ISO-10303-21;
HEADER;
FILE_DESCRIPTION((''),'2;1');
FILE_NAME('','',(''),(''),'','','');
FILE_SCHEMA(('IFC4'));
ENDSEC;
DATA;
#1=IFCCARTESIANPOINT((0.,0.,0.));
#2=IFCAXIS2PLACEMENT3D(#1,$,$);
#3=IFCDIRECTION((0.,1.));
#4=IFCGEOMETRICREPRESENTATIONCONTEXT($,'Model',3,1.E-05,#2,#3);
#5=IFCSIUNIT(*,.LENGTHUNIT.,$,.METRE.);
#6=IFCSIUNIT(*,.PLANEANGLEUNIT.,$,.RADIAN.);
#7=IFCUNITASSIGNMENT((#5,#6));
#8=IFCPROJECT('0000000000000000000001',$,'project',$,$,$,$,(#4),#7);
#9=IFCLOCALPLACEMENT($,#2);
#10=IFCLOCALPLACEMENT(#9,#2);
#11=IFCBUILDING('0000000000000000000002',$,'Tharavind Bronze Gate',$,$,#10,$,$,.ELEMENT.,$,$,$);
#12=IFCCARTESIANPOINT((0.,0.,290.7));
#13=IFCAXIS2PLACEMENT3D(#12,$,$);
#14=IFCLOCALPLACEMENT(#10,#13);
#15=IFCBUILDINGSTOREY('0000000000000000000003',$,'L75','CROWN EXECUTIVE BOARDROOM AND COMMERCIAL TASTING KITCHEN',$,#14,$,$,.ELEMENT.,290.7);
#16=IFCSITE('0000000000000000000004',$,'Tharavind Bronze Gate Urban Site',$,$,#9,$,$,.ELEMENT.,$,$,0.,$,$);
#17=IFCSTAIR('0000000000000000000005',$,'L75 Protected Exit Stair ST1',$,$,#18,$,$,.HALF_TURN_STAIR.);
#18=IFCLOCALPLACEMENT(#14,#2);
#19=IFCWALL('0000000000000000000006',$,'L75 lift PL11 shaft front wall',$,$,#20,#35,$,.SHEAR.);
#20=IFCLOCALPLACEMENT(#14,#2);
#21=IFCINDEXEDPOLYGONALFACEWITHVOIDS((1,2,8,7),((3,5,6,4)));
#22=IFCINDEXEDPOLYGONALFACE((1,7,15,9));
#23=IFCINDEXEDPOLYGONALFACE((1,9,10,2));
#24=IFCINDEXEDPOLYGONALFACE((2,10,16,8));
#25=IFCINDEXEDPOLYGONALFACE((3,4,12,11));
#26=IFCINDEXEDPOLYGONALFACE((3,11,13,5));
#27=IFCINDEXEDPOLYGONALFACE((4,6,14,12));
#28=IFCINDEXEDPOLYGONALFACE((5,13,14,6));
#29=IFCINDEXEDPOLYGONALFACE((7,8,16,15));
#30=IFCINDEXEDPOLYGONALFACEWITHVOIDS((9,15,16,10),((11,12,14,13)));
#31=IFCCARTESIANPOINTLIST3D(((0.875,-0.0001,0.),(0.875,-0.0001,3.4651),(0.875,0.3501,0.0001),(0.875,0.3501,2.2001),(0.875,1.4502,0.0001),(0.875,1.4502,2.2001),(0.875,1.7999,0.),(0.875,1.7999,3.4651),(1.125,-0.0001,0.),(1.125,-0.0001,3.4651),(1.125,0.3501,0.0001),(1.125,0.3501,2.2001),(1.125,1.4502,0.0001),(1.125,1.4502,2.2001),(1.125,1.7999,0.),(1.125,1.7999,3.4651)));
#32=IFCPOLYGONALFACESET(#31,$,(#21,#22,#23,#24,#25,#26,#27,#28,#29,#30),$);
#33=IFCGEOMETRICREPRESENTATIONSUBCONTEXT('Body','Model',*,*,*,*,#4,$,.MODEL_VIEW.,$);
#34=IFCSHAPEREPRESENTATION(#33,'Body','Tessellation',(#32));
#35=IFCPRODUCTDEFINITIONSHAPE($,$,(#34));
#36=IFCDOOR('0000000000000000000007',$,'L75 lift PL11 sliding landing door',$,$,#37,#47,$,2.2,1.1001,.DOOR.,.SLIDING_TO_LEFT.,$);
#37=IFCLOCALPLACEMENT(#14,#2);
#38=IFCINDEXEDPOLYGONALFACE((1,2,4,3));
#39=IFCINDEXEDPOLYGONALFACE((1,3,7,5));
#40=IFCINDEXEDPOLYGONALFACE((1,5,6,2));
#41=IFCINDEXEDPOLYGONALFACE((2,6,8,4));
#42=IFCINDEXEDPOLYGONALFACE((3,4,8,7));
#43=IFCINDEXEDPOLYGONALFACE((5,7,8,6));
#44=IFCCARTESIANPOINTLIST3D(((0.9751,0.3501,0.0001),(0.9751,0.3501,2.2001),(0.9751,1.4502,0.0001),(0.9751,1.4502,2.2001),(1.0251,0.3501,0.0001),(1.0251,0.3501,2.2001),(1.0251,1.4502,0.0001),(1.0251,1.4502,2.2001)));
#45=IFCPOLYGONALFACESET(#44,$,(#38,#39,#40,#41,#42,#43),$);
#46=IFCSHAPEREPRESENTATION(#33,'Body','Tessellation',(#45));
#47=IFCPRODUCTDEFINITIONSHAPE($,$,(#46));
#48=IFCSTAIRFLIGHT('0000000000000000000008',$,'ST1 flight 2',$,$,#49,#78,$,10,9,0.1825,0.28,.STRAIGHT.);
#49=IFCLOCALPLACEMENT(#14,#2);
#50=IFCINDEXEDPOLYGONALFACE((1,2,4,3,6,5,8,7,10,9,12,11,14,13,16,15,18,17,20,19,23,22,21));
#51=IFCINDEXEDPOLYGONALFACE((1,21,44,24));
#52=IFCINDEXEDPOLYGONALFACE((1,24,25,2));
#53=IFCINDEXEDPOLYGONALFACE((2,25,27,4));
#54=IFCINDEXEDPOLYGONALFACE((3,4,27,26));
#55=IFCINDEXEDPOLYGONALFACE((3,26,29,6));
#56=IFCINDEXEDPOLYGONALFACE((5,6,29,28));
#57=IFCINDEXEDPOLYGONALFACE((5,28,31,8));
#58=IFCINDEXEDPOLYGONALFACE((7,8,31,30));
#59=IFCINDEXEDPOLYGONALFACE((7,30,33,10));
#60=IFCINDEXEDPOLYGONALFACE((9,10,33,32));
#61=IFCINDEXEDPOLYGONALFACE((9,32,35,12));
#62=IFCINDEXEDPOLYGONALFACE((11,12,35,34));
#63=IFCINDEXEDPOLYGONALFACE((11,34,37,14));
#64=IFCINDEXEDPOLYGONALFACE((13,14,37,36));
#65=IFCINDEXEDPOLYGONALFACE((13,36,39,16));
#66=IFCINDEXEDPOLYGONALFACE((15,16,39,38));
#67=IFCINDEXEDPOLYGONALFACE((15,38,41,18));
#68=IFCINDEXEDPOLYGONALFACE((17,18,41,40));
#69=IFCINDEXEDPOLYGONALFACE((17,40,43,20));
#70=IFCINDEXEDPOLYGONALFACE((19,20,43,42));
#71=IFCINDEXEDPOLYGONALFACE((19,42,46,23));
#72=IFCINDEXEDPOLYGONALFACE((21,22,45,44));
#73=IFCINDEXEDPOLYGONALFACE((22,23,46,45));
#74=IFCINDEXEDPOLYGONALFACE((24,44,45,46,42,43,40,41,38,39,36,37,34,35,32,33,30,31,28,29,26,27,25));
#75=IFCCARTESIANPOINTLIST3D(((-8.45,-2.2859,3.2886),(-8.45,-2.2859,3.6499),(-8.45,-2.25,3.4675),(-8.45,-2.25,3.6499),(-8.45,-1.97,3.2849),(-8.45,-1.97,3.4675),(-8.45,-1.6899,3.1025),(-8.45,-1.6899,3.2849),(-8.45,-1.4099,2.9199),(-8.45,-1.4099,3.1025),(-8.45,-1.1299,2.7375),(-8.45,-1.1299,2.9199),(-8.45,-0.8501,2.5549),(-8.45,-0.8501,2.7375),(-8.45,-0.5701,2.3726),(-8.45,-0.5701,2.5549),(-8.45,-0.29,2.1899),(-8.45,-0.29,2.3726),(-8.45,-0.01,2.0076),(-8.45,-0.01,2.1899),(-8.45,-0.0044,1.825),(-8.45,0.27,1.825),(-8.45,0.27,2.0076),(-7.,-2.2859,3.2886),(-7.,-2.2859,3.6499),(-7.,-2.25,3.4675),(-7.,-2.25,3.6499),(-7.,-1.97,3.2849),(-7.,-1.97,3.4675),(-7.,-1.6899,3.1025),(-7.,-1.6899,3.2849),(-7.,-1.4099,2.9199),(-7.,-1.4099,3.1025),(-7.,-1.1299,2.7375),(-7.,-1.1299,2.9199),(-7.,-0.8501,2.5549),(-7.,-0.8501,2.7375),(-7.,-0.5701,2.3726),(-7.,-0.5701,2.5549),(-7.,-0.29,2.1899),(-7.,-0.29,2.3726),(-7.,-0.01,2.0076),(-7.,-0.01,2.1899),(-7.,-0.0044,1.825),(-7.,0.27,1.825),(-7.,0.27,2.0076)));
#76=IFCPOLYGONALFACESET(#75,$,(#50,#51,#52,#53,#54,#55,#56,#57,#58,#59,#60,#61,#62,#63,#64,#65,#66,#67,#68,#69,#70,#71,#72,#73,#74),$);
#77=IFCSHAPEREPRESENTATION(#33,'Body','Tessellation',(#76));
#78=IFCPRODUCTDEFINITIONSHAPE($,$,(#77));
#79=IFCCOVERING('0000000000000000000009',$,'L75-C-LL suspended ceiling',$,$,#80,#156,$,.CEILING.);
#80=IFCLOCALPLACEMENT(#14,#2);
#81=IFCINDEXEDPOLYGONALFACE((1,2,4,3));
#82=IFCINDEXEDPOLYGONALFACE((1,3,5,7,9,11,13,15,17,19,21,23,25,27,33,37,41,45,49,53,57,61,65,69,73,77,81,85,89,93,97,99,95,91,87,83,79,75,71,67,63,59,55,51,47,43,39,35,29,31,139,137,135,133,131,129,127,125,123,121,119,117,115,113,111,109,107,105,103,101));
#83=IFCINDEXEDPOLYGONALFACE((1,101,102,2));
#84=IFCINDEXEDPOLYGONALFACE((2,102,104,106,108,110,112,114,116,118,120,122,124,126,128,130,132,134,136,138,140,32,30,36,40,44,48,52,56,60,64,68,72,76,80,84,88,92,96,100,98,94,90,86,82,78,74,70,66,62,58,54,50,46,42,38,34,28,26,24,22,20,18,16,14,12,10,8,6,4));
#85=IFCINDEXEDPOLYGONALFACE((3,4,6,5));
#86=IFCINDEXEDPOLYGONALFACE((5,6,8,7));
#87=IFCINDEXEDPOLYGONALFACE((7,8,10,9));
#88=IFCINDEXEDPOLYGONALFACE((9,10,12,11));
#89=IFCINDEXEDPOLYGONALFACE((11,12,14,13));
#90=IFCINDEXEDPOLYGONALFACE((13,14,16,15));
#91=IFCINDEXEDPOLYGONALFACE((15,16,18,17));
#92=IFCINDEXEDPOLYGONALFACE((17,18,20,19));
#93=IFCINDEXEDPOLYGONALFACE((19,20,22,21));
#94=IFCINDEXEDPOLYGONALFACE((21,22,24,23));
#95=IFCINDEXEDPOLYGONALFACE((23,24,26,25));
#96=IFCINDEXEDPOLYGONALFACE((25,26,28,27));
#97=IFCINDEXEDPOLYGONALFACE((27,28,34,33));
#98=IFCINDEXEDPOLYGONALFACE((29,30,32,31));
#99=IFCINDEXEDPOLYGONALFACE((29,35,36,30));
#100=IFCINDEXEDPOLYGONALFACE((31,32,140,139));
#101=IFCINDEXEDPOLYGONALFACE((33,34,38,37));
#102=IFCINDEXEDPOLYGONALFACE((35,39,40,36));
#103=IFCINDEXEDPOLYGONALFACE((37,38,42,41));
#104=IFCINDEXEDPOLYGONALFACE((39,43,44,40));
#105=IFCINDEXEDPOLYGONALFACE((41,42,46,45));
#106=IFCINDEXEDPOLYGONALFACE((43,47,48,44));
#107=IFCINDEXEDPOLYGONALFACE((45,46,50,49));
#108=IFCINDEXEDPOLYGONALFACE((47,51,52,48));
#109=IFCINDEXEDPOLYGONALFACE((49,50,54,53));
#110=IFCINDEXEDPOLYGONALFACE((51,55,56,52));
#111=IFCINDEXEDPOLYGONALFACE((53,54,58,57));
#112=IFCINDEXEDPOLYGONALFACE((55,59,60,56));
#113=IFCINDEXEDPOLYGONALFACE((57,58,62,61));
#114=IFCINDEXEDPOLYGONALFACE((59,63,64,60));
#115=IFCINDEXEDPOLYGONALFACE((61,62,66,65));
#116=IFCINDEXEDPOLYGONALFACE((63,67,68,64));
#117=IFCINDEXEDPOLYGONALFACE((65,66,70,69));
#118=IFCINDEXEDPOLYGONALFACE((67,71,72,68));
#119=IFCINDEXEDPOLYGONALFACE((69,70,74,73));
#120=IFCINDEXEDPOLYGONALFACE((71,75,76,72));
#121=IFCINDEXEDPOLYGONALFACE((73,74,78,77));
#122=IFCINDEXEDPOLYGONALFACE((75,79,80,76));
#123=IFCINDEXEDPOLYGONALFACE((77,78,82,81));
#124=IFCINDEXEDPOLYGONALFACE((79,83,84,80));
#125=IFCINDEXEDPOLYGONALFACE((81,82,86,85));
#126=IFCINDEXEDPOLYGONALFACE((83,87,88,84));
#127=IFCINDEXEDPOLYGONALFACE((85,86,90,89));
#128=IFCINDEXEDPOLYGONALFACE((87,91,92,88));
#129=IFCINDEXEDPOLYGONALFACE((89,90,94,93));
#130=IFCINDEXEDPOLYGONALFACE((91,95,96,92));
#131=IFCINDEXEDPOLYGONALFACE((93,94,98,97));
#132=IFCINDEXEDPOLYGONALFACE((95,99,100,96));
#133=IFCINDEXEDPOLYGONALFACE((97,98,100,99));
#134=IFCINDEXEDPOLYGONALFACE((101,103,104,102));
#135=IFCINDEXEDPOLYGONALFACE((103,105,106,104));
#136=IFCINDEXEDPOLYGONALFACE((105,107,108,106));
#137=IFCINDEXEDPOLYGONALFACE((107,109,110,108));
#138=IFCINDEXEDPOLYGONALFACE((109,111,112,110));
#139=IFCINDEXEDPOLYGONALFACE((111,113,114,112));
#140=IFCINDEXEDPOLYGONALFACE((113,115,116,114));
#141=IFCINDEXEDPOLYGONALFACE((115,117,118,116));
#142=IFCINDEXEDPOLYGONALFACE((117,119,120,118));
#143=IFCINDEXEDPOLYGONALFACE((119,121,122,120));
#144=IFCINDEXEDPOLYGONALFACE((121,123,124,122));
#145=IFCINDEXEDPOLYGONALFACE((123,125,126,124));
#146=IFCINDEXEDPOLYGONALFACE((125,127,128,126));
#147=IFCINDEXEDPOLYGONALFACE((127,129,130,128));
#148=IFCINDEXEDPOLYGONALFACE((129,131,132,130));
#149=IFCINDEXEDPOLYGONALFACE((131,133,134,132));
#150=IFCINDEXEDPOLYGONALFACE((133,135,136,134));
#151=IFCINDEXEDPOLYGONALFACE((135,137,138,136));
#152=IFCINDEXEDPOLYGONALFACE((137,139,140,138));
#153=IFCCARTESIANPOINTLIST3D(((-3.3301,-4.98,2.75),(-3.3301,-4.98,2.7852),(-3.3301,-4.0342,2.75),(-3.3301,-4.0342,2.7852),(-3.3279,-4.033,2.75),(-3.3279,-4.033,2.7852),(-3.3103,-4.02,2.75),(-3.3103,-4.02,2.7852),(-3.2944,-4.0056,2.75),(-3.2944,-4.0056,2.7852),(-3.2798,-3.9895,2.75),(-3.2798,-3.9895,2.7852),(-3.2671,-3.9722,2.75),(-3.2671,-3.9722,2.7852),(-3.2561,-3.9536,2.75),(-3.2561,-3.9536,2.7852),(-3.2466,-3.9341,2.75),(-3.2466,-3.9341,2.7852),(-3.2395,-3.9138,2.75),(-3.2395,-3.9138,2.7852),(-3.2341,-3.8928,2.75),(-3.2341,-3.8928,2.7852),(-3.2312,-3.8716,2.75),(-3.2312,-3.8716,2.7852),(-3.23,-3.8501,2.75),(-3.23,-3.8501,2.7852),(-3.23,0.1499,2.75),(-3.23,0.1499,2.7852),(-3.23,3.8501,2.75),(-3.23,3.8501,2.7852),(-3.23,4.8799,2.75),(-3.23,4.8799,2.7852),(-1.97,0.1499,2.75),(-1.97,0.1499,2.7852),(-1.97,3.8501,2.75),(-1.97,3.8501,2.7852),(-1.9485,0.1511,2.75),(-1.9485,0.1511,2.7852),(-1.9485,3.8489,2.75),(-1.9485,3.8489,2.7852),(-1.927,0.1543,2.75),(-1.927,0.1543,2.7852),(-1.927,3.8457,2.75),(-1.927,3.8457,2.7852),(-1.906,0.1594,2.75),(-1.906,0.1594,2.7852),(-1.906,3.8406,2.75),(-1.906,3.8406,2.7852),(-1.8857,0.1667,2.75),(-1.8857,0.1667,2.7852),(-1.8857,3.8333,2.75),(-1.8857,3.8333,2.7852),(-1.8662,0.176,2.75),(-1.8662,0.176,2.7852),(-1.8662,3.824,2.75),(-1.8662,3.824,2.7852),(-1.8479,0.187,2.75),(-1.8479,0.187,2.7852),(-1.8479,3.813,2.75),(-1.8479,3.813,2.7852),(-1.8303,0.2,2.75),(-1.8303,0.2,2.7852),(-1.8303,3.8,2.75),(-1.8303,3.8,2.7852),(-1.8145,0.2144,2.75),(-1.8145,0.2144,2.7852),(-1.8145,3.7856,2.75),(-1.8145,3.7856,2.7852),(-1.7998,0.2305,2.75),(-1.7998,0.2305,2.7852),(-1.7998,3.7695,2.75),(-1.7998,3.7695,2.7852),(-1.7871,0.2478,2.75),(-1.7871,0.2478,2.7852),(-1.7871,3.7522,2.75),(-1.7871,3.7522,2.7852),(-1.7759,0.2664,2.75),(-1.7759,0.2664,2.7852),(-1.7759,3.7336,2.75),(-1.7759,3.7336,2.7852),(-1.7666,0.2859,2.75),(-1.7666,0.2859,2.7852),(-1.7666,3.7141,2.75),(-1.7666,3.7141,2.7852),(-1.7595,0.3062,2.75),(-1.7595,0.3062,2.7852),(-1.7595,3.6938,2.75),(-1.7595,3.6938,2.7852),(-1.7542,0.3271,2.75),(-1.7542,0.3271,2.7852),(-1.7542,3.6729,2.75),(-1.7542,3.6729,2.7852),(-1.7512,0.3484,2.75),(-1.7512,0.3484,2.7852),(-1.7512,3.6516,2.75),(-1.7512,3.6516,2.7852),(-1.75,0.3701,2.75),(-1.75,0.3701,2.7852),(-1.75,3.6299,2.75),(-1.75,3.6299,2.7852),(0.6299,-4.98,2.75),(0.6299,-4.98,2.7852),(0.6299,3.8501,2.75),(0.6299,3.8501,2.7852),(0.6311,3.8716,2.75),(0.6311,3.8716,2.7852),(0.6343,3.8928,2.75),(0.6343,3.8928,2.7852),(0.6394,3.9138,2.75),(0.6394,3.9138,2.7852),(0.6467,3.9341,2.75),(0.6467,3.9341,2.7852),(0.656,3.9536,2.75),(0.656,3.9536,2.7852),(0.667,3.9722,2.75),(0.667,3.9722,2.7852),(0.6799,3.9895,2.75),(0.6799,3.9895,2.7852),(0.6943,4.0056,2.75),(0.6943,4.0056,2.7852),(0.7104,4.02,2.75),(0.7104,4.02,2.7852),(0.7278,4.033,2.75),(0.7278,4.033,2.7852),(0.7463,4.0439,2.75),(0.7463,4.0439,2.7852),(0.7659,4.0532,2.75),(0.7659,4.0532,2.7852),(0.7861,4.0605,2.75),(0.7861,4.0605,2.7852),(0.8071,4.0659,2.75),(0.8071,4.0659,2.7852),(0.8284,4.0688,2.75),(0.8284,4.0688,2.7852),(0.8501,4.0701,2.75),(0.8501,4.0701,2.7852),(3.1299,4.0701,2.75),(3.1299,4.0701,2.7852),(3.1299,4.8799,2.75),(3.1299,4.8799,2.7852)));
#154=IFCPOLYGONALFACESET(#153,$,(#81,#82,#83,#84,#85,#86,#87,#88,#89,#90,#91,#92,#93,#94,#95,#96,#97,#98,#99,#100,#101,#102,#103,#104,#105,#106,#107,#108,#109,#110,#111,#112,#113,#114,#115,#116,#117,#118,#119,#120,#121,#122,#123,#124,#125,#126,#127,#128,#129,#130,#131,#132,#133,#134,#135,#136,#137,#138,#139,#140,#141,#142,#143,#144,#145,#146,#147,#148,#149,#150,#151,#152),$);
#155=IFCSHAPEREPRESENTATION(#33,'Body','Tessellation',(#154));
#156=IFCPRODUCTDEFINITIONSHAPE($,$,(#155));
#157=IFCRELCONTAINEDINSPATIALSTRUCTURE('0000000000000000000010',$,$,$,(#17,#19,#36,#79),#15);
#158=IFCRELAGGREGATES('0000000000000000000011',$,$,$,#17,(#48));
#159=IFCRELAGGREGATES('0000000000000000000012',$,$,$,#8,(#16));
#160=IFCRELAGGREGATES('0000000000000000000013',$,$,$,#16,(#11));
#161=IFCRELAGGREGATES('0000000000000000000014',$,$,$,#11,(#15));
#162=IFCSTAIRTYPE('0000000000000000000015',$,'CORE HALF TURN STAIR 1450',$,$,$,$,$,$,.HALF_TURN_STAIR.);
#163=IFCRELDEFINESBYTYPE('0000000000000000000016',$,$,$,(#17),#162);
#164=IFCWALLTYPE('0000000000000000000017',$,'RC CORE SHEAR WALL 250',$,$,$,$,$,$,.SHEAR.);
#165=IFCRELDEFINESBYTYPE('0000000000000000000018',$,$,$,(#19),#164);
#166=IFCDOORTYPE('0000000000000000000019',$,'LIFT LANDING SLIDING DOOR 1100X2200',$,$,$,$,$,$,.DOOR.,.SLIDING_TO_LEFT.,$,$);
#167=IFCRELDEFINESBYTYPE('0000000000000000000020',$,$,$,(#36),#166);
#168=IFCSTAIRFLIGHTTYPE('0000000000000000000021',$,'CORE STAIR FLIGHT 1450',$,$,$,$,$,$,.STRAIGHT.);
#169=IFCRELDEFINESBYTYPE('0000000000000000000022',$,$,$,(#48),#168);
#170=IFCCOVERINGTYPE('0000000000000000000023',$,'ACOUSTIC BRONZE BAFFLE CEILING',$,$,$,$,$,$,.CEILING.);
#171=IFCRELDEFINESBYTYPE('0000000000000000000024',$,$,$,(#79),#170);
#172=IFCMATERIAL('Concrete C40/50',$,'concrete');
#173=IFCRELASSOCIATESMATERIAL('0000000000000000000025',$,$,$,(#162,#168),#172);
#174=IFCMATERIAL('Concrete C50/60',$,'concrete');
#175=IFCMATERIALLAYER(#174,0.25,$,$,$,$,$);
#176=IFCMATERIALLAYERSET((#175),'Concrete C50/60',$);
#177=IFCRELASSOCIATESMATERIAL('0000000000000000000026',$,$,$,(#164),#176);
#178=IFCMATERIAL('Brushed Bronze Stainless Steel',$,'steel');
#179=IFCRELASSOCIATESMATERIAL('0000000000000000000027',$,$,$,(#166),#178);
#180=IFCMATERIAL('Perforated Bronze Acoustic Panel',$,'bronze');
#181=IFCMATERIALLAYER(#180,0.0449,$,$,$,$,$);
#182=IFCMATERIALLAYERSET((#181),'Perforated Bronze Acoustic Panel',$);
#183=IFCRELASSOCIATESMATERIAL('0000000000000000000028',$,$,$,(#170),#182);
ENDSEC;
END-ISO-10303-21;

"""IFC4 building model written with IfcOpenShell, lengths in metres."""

from ifc_helpers import new_model, si_unit, direction, frame, frame_2d, origin, place, context, subcontext, project, spatial, polyline, rectangle, outline, extrude, material, layer, layer_set, type_object, element, fill, aggregate, save


model = new_model("IFC4")

# Units and contexts
model_context = context("Model", 3, precision=1e-05, world=origin(), true_north=direction((0.0, 1.0)))
body_context = subcontext(model_context, "Body", "Model", "MODEL_VIEW")
ifc_project = project(units=[si_unit("LENGTHUNIT", "METRE"), si_unit("PLANEANGLEUNIT", "RADIAN")], contexts=[model_context])

# Site, building, storey
site_placement = place(None, origin())
site = spatial("IfcSite", under=ifc_project, at=site_placement, Name="Tharavind Bronze Gate Urban Site", CompositionType="ELEMENT", RefElevation=0.0)
building_placement = place(site_placement, origin())
building = spatial("IfcBuilding", under=site, at=building_placement, Name="Tharavind Bronze Gate", CompositionType="ELEMENT")
storey_placement = place(building_placement, frame((0.0, 0.0, 290.7)))
storey = spatial("IfcBuildingStorey", under=building, at=storey_placement, Name="L75", Description="CROWN EXECUTIVE BOARDROOM AND COMMERCIAL TASTING KITCHEN", CompositionType="ELEMENT", Elevation=290.7)

# Shared definitions
ifc_material_1 = material(Name="Concrete C40/50", Category="concrete")

# Stair
stair_type = type_object("IfcStairType", Name="CORE HALF TURN STAIR 1450", PredefinedType="HALF_TURN_STAIR", material=ifc_material_1)
stair_1_placement = place(storey_placement, origin())
stair_1 = element("IfcStair", 1, at=stair_1_placement, inside=storey, type_object=stair_type, Name="L75 Protected Exit Stair ST1", PredefinedType="HALF_TURN_STAIR")

# Wall, opening, door
ifc_material_2 = material(Name="Concrete C50/60", Category="concrete")
ifc_layer_1 = layer(ifc_material_2, 0.25)
ifc_layer_set_1 = layer_set([ifc_layer_1], Name="Concrete C50/60")
wall_type_1 = type_object("IfcWallType", Name="RC CORE SHEAR WALL 250", PredefinedType="SHEAR", material=ifc_layer_set_1)
wall_1_placement = place(storey_placement, frame((1.0, 0.0, 0.0), z_axis=(0.0, 0.0, 1.0), x_axis=(0.0, 1.0, 0.0)))
wall_1 = element("IfcWall", 2, at=wall_1_placement, inside=storey, type_object=wall_type_1, Name="L75 lift PL11 shaft front wall", PredefinedType="SHEAR", context=body_context, shape_type="SweptSolid", body=[
    extrude(rectangle(XDim=1.8, YDim=0.25, at=frame_2d((0.8999, 0.0))), origin(), (0.0, 0.0, 1.0), 3.4651),
])
opening_1_placement = place(wall_1_placement, frame((0.3501, 0.0, 0.0)))
opening_1 = element("IfcOpeningElement", 3, at=opening_1_placement, cuts=wall_1, PredefinedType="OPENING", context=body_context, shape_type="SweptSolid", body=[
    extrude(rectangle(XDim=1.1001, YDim=2.2, at=frame_2d((0.55, 1.1001))), frame((0.0, 0.135, 0.0), z_axis=(0.0, -1.0, 0.0), x_axis=(1.0, 0.0, 0.0)), (0.0, 0.0, 1.0), 0.27),
])
ifc_material_3 = material(Name="Brushed Bronze Stainless Steel", Category="steel")
door_type_1 = type_object("IfcDoorType", Name="LIFT LANDING SLIDING DOOR 1100X2200", OperationType="SLIDING_TO_LEFT", PredefinedType="DOOR", material=ifc_material_3)
door_1_placement = place(opening_1_placement, origin())
door_1 = element("IfcDoor", 4, at=door_1_placement, inside=storey, type_object=door_type_1, Name="L75 lift PL11 sliding landing door", OperationType="SLIDING_TO_LEFT", OverallHeight=2.2, OverallWidth=1.1001, PredefinedType="DOOR", context=body_context, shape_type="SweptSolid", body=[
    extrude(rectangle(XDim=1.1001, YDim=2.2, at=frame_2d((0.55, 1.1001))), frame((0.0, 0.0249, 0.0), z_axis=(0.0, -1.0, 0.0), x_axis=(1.0, 0.0, 0.0)), (0.0, 0.0, 1.0), 0.05),
])
fill(opening_1, door_1)

# Stair flight
stair_flight_type = type_object("IfcStairFlightType", Name="CORE STAIR FLIGHT 1450", PredefinedType="STRAIGHT", material=ifc_material_1)
stair_flight_placement = place(storey_placement, frame((-7.7251, 0.27, 1.825), z_axis=(0.0, 0.0, 1.0), x_axis=(0.0, -1.0, 0.0)))
stair_flight = element("IfcStairFlight", 5, at=stair_flight_placement, type_object=stair_flight_type, Name="ST1 flight 2", NumberOfRisers=10, NumberOfTreads=9, PredefinedType="STRAIGHT", RiserHeight=0.1825, TreadLength=0.28, context=body_context, shape_type="SweptSolid", body=[
    extrude(outline(polyline([(0.0, 0.0), (0.0, 0.1826), (0.28, 0.1826), (0.28, 0.365), (0.5601, 0.365), (0.5601, 0.5476), (0.8401, 0.5476), (0.8401, 0.73), (1.1201, 0.73), (1.1201, 0.9126), (1.3999, 0.9126), (1.3999, 1.095), (1.6799, 1.095), (1.6799, 1.2776), (1.96, 1.2776), (1.96, 1.46), (2.24, 1.46), (2.24, 1.6426), (2.52, 1.6426), (2.52, 1.825), (2.5559, 1.825), (2.5559, 1.4636), (0.2744, 0.0), (0.0, 0.0)])), frame((0.0, 0.7251, 0.0), z_axis=(0.0, -1.0, 0.0), x_axis=(1.0, 0.0, 0.0)), (0.0, 0.0, 1.0), 1.45),
])
aggregate(stair_1, [stair_flight])

# Covering
ifc_material_4 = material(Name="Perforated Bronze Acoustic Panel", Category="bronze")
ifc_layer_2 = layer(ifc_material_4, 0.0449)
ifc_layer_set_2 = layer_set([ifc_layer_2], Name="Perforated Bronze Acoustic Panel")
covering_type_1 = type_object("IfcCoveringType", Name="ACOUSTIC BRONZE BAFFLE CEILING", PredefinedType="CEILING", material=ifc_layer_set_2)
covering_1_placement = place(storey_placement, frame((0.0, 0.0, 2.75)))
element("IfcCovering", 6, at=covering_1_placement, inside=storey, type_object=covering_type_1, Name="L75-C-LL suspended ceiling", PredefinedType="CEILING", context=body_context, shape_type="SweptSolid", body=[
    extrude(outline(polyline([(-3.3301, -4.98), (0.6299, -4.98), (0.6299, 3.8501), (0.6311, 3.8716), (0.6343, 3.8928), (0.6394, 3.9138), (0.6467, 3.9341), (0.656, 3.9536), (0.667, 3.9722), (0.6799, 3.9895), (0.6943, 4.0056), (0.7104, 4.02), (0.7278, 4.033), (0.7463, 4.0439), (0.7659, 4.0532), (0.7861, 4.0605), (0.8071, 4.0659), (0.8284, 4.0688), (0.8501, 4.0701), (3.1299, 4.0701), (3.1299, 4.8799), (-3.23, 4.8799), (-3.23, 3.8501), (-1.97, 3.8501), (-1.9485, 3.8489), (-1.927, 3.8457), (-1.906, 3.8406), (-1.8857, 3.8333), (-1.8662, 3.824), (-1.8479, 3.813), (-1.8303, 3.8), (-1.8145, 3.7856), (-1.7998, 3.7695), (-1.7871, 3.7522), (-1.7759, 3.7336), (-1.7666, 3.7141), (-1.7595, 3.6938), (-1.7542, 3.6729), (-1.7512, 3.6516), (-1.75, 3.6299), (-1.75, 0.3701), (-1.7512, 0.3484), (-1.7542, 0.3271), (-1.7595, 0.3062), (-1.7666, 0.2859), (-1.7759, 0.2664), (-1.7871, 0.2478), (-1.7998, 0.2305), (-1.8145, 0.2144), (-1.8303, 0.2), (-1.8479, 0.187), (-1.8662, 0.176), (-1.8857, 0.1667), (-1.906, 0.1594), (-1.927, 0.1543), (-1.9485, 0.1511), (-1.97, 0.1499), (-3.23, 0.1499), (-3.23, -3.8501), (-3.2312, -3.8716), (-3.2341, -3.8928), (-3.2395, -3.9138), (-3.2466, -3.9341), (-3.2561, -3.9536), (-3.2671, -3.9722), (-3.2798, -3.9895), (-3.2944, -4.0056), (-3.3103, -4.02), (-3.3279, -4.033), (-3.3301, -4.0342), (-3.3301, -4.98)])), origin(), (0.0, 0.0, 1.0), 0.0352),
])

save(model, "model.ifc")
